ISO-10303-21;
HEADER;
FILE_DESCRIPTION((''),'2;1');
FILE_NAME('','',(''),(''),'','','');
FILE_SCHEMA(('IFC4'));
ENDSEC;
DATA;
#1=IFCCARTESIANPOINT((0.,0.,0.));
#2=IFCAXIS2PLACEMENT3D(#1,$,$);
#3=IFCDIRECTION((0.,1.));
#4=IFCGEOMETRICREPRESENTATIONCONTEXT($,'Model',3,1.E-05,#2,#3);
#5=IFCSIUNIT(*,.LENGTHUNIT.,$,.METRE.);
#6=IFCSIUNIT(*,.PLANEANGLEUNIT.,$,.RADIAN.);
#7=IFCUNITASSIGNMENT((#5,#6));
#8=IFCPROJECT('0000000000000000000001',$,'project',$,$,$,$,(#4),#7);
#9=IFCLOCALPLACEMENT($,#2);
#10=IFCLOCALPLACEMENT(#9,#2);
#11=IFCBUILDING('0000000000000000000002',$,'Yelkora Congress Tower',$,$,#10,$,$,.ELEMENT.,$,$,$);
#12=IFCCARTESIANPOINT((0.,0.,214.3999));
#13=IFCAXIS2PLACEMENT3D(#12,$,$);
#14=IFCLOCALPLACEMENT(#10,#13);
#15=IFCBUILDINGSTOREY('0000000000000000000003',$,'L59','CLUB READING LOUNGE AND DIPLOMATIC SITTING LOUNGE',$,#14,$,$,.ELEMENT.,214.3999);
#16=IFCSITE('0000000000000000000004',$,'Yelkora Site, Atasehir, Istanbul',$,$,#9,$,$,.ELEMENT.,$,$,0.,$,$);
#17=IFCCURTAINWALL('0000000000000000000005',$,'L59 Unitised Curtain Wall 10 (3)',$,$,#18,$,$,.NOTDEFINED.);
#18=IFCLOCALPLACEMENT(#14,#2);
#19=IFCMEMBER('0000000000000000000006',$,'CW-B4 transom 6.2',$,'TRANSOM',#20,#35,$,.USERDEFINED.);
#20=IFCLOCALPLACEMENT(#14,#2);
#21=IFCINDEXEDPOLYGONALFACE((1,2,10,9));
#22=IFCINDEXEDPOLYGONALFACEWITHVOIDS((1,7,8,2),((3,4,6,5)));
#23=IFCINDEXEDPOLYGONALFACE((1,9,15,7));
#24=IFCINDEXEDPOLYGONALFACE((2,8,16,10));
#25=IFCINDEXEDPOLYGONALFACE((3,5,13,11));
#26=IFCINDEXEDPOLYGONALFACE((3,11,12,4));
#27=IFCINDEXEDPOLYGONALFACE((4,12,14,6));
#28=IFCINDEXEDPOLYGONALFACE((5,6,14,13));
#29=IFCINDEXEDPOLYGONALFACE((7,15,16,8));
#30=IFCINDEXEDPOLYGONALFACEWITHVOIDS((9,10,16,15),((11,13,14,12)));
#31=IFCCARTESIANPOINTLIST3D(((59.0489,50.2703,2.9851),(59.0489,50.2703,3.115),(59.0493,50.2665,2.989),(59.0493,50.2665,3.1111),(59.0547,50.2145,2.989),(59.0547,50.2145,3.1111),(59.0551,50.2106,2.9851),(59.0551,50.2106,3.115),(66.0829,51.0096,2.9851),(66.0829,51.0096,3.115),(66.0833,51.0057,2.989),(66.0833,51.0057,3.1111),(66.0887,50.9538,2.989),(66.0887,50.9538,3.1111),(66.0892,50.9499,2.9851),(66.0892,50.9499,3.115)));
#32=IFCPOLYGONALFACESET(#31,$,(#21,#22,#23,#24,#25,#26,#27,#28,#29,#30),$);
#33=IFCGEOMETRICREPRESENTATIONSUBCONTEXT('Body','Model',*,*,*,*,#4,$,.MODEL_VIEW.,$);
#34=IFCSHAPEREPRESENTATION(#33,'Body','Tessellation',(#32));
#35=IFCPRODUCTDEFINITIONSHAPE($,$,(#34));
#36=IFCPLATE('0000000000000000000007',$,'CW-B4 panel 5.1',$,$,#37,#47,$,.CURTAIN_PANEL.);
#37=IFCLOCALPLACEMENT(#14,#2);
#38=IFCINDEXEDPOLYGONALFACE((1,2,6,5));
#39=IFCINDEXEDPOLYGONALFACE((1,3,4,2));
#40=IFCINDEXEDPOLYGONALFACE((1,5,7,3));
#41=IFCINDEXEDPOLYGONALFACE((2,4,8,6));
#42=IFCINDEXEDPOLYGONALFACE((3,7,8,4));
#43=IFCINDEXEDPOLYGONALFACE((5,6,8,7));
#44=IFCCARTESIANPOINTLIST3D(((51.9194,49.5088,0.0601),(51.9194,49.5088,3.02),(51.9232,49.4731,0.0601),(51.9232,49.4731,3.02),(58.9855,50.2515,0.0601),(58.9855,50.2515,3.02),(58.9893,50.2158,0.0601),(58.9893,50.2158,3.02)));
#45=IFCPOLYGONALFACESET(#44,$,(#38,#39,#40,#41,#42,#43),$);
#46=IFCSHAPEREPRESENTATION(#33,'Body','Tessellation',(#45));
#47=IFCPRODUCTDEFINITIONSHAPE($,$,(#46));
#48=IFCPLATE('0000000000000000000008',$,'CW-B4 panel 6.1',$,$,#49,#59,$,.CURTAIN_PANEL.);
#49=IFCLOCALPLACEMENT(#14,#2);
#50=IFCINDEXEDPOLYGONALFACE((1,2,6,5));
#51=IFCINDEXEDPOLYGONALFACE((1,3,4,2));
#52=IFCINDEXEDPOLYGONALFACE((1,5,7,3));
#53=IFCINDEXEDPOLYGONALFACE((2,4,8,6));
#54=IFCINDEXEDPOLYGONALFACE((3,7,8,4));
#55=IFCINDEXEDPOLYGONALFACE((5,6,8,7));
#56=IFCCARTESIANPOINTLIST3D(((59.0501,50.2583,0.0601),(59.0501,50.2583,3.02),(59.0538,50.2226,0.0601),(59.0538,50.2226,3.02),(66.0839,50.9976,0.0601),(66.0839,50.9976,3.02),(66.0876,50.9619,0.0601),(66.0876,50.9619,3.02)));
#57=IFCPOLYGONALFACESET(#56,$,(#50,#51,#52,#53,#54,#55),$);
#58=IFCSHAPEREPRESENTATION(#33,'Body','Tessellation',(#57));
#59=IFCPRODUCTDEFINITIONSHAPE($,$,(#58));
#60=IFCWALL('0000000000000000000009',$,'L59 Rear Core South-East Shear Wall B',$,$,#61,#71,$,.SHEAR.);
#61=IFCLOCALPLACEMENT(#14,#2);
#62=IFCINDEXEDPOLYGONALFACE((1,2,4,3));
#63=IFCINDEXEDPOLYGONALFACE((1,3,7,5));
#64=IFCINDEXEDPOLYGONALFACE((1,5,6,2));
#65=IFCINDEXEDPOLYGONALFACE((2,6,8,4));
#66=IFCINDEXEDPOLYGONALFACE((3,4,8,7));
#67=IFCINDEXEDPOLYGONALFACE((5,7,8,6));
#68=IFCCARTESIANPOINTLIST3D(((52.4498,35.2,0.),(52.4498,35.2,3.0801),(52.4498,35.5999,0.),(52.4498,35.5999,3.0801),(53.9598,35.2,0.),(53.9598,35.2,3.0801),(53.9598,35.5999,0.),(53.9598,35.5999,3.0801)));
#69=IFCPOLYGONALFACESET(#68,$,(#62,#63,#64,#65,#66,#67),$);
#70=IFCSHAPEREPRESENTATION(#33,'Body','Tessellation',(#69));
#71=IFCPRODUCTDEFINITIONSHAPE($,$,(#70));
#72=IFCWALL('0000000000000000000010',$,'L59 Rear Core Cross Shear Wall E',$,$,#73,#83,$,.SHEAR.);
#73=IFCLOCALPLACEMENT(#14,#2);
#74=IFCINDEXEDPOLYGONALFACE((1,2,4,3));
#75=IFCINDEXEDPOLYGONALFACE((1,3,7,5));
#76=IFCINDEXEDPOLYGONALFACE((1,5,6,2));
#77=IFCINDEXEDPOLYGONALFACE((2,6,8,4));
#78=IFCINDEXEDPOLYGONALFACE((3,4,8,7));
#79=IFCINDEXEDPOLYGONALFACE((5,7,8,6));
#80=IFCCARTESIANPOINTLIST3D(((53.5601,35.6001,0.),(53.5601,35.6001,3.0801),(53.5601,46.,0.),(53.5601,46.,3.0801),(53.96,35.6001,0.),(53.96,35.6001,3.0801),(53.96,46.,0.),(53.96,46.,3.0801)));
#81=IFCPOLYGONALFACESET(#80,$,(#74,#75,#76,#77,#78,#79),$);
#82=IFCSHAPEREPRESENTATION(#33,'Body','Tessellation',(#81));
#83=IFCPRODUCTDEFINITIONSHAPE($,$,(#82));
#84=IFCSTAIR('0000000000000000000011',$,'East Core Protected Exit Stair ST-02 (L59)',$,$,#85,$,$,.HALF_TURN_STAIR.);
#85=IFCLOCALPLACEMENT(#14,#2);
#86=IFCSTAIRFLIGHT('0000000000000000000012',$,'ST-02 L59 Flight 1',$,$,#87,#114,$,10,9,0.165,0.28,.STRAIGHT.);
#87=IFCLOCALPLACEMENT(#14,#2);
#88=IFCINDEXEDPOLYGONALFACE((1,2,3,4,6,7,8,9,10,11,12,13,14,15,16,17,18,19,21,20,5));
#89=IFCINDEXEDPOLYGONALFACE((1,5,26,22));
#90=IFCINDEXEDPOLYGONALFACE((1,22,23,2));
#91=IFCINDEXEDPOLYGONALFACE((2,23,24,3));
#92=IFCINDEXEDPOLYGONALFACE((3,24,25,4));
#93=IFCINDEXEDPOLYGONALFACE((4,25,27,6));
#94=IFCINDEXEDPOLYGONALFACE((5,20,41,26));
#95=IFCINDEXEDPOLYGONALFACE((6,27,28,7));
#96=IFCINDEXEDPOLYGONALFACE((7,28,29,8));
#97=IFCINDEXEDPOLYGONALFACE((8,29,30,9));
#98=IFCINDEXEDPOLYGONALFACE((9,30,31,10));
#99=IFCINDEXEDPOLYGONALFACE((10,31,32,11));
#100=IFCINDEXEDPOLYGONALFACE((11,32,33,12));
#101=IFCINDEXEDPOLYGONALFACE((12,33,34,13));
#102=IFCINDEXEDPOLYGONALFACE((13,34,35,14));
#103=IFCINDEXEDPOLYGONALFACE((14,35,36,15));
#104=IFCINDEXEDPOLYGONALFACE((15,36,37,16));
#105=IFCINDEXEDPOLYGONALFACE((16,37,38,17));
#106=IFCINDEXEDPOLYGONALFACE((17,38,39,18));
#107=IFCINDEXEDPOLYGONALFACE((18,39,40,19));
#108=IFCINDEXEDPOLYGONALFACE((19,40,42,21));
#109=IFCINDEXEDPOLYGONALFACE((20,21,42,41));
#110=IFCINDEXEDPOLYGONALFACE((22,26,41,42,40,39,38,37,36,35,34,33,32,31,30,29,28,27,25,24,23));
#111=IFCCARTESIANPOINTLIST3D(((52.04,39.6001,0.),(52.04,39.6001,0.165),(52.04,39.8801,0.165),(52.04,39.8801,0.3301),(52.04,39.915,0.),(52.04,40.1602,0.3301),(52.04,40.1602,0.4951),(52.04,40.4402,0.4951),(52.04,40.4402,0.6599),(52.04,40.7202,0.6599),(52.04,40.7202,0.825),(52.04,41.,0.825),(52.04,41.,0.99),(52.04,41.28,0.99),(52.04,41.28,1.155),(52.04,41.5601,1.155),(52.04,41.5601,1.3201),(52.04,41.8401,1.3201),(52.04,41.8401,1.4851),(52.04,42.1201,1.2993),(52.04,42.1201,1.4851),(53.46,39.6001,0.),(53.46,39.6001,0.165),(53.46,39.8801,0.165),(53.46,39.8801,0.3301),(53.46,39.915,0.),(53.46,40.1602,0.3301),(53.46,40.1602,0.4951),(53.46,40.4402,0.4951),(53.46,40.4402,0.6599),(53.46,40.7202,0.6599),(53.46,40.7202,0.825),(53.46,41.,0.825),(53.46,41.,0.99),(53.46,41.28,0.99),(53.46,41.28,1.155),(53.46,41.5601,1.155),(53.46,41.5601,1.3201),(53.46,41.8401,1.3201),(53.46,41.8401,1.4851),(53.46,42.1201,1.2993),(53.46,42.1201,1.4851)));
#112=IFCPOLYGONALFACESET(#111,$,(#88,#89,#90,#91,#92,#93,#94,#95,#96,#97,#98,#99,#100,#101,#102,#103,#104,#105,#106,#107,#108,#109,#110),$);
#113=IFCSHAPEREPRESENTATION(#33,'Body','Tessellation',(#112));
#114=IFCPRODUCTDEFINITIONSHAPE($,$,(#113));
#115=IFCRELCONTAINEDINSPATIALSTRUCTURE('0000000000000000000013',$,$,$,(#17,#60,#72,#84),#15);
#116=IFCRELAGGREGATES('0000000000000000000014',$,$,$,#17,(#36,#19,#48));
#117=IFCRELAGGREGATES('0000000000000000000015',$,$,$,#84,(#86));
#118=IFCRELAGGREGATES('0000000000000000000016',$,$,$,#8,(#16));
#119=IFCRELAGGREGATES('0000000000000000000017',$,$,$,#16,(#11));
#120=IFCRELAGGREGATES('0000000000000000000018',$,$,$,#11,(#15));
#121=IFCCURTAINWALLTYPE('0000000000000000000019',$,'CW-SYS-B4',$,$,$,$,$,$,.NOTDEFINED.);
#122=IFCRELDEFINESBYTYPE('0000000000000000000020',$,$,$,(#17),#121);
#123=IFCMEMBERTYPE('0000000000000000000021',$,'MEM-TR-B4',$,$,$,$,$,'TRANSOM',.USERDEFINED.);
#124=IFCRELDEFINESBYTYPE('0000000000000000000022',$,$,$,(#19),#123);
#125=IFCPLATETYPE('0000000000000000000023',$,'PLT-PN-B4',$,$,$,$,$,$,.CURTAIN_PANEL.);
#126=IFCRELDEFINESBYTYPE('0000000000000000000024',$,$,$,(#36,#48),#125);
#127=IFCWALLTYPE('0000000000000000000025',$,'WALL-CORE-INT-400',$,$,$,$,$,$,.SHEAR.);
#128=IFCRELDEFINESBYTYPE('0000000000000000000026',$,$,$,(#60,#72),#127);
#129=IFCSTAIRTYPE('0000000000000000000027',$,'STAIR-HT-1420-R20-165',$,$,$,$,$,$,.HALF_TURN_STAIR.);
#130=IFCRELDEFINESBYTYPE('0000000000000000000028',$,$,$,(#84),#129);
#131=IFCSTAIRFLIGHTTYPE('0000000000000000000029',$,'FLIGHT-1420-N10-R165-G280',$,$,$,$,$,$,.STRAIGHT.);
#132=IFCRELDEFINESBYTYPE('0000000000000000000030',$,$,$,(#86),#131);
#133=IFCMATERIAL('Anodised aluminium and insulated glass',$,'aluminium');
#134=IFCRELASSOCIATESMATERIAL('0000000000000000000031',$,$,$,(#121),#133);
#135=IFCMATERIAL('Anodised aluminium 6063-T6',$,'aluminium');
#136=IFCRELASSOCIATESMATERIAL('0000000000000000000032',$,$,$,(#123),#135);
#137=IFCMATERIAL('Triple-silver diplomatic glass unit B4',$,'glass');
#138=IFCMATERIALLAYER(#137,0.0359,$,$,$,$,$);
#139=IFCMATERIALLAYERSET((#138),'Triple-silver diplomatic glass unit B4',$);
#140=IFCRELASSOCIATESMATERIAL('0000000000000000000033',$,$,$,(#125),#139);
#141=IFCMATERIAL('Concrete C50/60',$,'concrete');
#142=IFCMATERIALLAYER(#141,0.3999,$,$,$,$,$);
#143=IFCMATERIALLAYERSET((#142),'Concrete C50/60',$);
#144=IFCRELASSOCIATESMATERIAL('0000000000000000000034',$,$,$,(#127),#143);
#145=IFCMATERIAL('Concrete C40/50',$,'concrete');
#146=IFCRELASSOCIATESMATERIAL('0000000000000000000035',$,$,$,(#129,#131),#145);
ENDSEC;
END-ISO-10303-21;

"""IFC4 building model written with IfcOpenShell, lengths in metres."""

from ifc_helpers import new_model, si_unit, direction, frame, frame_2d, origin, origin_2d, place, context, subcontext, project, spatial, polyline, rectangle, hollow_rectangle, outline, extrude, material, layer, layer_set, material_profile, profile_set, type_object, element, aggregate, save


model = new_model("IFC4")

# Units and contexts
model_context = context("Model", 3, precision=1e-05, world=origin(), true_north=direction((0.0, 1.0)))
body_context = subcontext(model_context, "Body", "Model", "MODEL_VIEW")
ifc_project = project(units=[si_unit("LENGTHUNIT", "METRE"), si_unit("PLANEANGLEUNIT", "RADIAN")], contexts=[model_context])

# Site, building, storey
site_placement = place(None, origin())
site = spatial("IfcSite", under=ifc_project, at=site_placement, Name="Yelkora Site, Atasehir, Istanbul", CompositionType="ELEMENT", RefElevation=0.0)
building_placement = place(site_placement, origin())
building = spatial("IfcBuilding", under=site, at=building_placement, Name="Yelkora Congress Tower", CompositionType="ELEMENT")
storey_placement = place(building_placement, frame((0.0, 0.0, 214.3999)))
storey = spatial("IfcBuildingStorey", under=building, at=storey_placement, Name="L59", Description="CLUB READING LOUNGE AND DIPLOMATIC SITTING LOUNGE", CompositionType="ELEMENT", Elevation=214.3999)

# Curtain wall, member, plates
ifc_material_1 = material(Name="Anodised aluminium and insulated glass", Category="aluminium")
curtain_wall_type = type_object("IfcCurtainWallType", Name="CW-SYS-B4", PredefinedType="NOTDEFINED", material=ifc_material_1)
curtain_wall_placement = place(storey_placement, origin())
curtain_wall = element("IfcCurtainWall", 1, at=curtain_wall_placement, inside=storey, type_object=curtain_wall_type, Name="L59 Unitised Curtain Wall 10 (3)", PredefinedType="NOTDEFINED")
ifc_material_2 = material(Name="Anodised aluminium 6063-T6", Category="aluminium")
ifc_material_profile_1 = material_profile(ifc_material_2, hollow_rectangle(XDim=0.0601, YDim=0.1299, WallThickness=0.0039, at=origin_2d()), Name="ALU 60x130x4")
ifc_profile_set_1 = profile_set([ifc_material_profile_1], Name="Anodised aluminium 6063-T6")
member_type_1 = type_object("IfcMemberType", Name="MEM-TR-B4", ElementType="TRANSOM", PredefinedType="USERDEFINED", material=ifc_profile_set_1)
member_1_placement = place(storey_placement, frame((59.052, 50.2405, 3.05), z_axis=(0.994522, 0.104523, 0.0), x_axis=(-0.104523, 0.994522, 0.0)))
member_1 = element("IfcMember", 2, at=member_1_placement, type_object=member_type_1, Name="CW-B4 transom 6.2", ObjectType="TRANSOM", PredefinedType="USERDEFINED", context=body_context, shape_type="SweptSolid", body=[
    extrude(hollow_rectangle(XDim=0.0601, YDim=0.1299, WallThickness=0.0039, at=origin_2d()), origin(), (0.0, 0.0, 1.0), 7.0728),
])
ifc_material_3 = material(Name="Triple-silver diplomatic glass unit B4", Category="glass")
ifc_layer_1 = layer(ifc_material_3, 0.0359)
ifc_layer_set_1 = layer_set([ifc_layer_1], Name="Triple-silver diplomatic glass unit B4")
plate_type = type_object("IfcPlateType", Name="PLT-PN-B4", PredefinedType="CURTAIN_PANEL", material=ifc_layer_set_1)
plate_1_placement = place(storey_placement, frame((55.4543, 49.8623, 0.0601), z_axis=(0.0, 0.0, 1.0), x_axis=(0.994522, 0.104528, 0.0)))
plate_1 = element("IfcPlate", 3, at=plate_1_placement, type_object=plate_type, Name="CW-B4 panel 5.1", PredefinedType="CURTAIN_PANEL", context=body_context, shape_type="SweptSolid", body=[
    extrude(rectangle(XDim=7.105, YDim=0.0359, at=origin_2d()), origin(), (0.0, 0.0, 1.0), 2.96),
])
plate_2_placement = place(storey_placement, frame((62.5688, 50.6101, 0.0601), z_axis=(0.0, 0.0, 1.0), x_axis=(0.994522, 0.104528, 0.0)))
plate_2 = element("IfcPlate", 4, at=plate_2_placement, type_object=plate_type, Name="CW-B4 panel 6.1", PredefinedType="CURTAIN_PANEL", context=body_context, shape_type="SweptSolid", body=[
    extrude(rectangle(XDim=7.0725, YDim=0.0359, at=origin_2d()), origin(), (0.0, 0.0, 1.0), 2.96),
])
aggregate(curtain_wall, [plate_1, member_1, plate_2])

# Walls
ifc_material_4 = material(Name="Concrete C50/60", Category="concrete")
ifc_layer_2 = layer(ifc_material_4, 0.3999)
ifc_layer_set_2 = layer_set([ifc_layer_2], Name="Concrete C50/60")
wall_type = type_object("IfcWallType", Name="WALL-CORE-INT-400", PredefinedType="SHEAR", material=ifc_layer_set_2)
wall_1_placement = place(storey_placement, frame((52.45, 35.3999, 0.0), z_axis=(0.0, 0.0, 1.0), x_axis=(1.0, 0.0, 0.0)))
element("IfcWall", 5, at=wall_1_placement, inside=storey, type_object=wall_type, Name="L59 Rear Core South-East Shear Wall B", PredefinedType="SHEAR", context=body_context, shape_type="SweptSolid", body=[
    extrude(rectangle(XDim=1.51, YDim=0.3999, at=frame_2d((0.7549, 0.0))), origin(), (0.0, 0.0, 1.0), 3.0801),
])
wall_2_placement = place(storey_placement, frame((53.76, 35.6001, 0.0), z_axis=(0.0, 0.0, 1.0), x_axis=(0.0, 1.0, 0.0)))
element("IfcWall", 6, at=wall_2_placement, inside=storey, type_object=wall_type, Name="L59 Rear Core Cross Shear Wall E", PredefinedType="SHEAR", context=body_context, shape_type="SweptSolid", body=[
    extrude(rectangle(XDim=10.3999, YDim=0.3999, at=frame_2d((5.2, 0.0))), origin(), (0.0, 0.0, 1.0), 3.0801),
])

# Stair, stair flight
ifc_material_5 = material(Name="Concrete C40/50", Category="concrete")
stair_type = type_object("IfcStairType", Name="STAIR-HT-1420-R20-165", PredefinedType="HALF_TURN_STAIR", material=ifc_material_5)
stair_placement = place(storey_placement, origin())
stair = element("IfcStair", 7, at=stair_placement, inside=storey, type_object=stair_type, Name="East Core Protected Exit Stair ST-02 (L59)", PredefinedType="HALF_TURN_STAIR")
stair_flight_type = type_object("IfcStairFlightType", Name="FLIGHT-1420-N10-R165-G280", PredefinedType="STRAIGHT", material=ifc_material_5)
stair_flight_placement = place(storey_placement, frame((52.75, 39.6001, 0.0), z_axis=(0.0, 0.0, 1.0), x_axis=(0.0, 1.0, 0.0)))
stair_flight = element("IfcStairFlight", 8, at=stair_flight_placement, type_object=stair_flight_type, Name="ST-02 L59 Flight 1", NumberOfRisers=10, NumberOfTreads=9, PredefinedType="STRAIGHT", RiserHeight=0.165, TreadLength=0.28, context=body_context, shape_type="SweptSolid", body=[
    extrude(outline(polyline([(0.0, 0.0), (0.0, 0.165), (0.28, 0.165), (0.28, 0.3301), (0.5601, 0.3301), (0.5601, 0.4951), (0.8401, 0.4951), (0.8401, 0.6599), (1.1201, 0.6599), (1.1201, 0.825), (1.3999, 0.825), (1.3999, 0.99), (1.6799, 0.99), (1.6799, 1.155), (1.96, 1.155), (1.96, 1.3201), (2.24, 1.3201), (2.24, 1.4851), (2.52, 1.4851), (2.52, 1.6499), (2.52, 1.2993), (0.3149, 0.0), (0.0, 0.0)])), frame((0.0, 0.71, 0.0), z_axis=(0.0, -1.0, 0.0), x_axis=(1.0, 0.0, 0.0)), (0.0, 0.0, 1.0), 1.4199),
])
aggregate(stair, [stair_flight])

save(model, "model.ifc")
